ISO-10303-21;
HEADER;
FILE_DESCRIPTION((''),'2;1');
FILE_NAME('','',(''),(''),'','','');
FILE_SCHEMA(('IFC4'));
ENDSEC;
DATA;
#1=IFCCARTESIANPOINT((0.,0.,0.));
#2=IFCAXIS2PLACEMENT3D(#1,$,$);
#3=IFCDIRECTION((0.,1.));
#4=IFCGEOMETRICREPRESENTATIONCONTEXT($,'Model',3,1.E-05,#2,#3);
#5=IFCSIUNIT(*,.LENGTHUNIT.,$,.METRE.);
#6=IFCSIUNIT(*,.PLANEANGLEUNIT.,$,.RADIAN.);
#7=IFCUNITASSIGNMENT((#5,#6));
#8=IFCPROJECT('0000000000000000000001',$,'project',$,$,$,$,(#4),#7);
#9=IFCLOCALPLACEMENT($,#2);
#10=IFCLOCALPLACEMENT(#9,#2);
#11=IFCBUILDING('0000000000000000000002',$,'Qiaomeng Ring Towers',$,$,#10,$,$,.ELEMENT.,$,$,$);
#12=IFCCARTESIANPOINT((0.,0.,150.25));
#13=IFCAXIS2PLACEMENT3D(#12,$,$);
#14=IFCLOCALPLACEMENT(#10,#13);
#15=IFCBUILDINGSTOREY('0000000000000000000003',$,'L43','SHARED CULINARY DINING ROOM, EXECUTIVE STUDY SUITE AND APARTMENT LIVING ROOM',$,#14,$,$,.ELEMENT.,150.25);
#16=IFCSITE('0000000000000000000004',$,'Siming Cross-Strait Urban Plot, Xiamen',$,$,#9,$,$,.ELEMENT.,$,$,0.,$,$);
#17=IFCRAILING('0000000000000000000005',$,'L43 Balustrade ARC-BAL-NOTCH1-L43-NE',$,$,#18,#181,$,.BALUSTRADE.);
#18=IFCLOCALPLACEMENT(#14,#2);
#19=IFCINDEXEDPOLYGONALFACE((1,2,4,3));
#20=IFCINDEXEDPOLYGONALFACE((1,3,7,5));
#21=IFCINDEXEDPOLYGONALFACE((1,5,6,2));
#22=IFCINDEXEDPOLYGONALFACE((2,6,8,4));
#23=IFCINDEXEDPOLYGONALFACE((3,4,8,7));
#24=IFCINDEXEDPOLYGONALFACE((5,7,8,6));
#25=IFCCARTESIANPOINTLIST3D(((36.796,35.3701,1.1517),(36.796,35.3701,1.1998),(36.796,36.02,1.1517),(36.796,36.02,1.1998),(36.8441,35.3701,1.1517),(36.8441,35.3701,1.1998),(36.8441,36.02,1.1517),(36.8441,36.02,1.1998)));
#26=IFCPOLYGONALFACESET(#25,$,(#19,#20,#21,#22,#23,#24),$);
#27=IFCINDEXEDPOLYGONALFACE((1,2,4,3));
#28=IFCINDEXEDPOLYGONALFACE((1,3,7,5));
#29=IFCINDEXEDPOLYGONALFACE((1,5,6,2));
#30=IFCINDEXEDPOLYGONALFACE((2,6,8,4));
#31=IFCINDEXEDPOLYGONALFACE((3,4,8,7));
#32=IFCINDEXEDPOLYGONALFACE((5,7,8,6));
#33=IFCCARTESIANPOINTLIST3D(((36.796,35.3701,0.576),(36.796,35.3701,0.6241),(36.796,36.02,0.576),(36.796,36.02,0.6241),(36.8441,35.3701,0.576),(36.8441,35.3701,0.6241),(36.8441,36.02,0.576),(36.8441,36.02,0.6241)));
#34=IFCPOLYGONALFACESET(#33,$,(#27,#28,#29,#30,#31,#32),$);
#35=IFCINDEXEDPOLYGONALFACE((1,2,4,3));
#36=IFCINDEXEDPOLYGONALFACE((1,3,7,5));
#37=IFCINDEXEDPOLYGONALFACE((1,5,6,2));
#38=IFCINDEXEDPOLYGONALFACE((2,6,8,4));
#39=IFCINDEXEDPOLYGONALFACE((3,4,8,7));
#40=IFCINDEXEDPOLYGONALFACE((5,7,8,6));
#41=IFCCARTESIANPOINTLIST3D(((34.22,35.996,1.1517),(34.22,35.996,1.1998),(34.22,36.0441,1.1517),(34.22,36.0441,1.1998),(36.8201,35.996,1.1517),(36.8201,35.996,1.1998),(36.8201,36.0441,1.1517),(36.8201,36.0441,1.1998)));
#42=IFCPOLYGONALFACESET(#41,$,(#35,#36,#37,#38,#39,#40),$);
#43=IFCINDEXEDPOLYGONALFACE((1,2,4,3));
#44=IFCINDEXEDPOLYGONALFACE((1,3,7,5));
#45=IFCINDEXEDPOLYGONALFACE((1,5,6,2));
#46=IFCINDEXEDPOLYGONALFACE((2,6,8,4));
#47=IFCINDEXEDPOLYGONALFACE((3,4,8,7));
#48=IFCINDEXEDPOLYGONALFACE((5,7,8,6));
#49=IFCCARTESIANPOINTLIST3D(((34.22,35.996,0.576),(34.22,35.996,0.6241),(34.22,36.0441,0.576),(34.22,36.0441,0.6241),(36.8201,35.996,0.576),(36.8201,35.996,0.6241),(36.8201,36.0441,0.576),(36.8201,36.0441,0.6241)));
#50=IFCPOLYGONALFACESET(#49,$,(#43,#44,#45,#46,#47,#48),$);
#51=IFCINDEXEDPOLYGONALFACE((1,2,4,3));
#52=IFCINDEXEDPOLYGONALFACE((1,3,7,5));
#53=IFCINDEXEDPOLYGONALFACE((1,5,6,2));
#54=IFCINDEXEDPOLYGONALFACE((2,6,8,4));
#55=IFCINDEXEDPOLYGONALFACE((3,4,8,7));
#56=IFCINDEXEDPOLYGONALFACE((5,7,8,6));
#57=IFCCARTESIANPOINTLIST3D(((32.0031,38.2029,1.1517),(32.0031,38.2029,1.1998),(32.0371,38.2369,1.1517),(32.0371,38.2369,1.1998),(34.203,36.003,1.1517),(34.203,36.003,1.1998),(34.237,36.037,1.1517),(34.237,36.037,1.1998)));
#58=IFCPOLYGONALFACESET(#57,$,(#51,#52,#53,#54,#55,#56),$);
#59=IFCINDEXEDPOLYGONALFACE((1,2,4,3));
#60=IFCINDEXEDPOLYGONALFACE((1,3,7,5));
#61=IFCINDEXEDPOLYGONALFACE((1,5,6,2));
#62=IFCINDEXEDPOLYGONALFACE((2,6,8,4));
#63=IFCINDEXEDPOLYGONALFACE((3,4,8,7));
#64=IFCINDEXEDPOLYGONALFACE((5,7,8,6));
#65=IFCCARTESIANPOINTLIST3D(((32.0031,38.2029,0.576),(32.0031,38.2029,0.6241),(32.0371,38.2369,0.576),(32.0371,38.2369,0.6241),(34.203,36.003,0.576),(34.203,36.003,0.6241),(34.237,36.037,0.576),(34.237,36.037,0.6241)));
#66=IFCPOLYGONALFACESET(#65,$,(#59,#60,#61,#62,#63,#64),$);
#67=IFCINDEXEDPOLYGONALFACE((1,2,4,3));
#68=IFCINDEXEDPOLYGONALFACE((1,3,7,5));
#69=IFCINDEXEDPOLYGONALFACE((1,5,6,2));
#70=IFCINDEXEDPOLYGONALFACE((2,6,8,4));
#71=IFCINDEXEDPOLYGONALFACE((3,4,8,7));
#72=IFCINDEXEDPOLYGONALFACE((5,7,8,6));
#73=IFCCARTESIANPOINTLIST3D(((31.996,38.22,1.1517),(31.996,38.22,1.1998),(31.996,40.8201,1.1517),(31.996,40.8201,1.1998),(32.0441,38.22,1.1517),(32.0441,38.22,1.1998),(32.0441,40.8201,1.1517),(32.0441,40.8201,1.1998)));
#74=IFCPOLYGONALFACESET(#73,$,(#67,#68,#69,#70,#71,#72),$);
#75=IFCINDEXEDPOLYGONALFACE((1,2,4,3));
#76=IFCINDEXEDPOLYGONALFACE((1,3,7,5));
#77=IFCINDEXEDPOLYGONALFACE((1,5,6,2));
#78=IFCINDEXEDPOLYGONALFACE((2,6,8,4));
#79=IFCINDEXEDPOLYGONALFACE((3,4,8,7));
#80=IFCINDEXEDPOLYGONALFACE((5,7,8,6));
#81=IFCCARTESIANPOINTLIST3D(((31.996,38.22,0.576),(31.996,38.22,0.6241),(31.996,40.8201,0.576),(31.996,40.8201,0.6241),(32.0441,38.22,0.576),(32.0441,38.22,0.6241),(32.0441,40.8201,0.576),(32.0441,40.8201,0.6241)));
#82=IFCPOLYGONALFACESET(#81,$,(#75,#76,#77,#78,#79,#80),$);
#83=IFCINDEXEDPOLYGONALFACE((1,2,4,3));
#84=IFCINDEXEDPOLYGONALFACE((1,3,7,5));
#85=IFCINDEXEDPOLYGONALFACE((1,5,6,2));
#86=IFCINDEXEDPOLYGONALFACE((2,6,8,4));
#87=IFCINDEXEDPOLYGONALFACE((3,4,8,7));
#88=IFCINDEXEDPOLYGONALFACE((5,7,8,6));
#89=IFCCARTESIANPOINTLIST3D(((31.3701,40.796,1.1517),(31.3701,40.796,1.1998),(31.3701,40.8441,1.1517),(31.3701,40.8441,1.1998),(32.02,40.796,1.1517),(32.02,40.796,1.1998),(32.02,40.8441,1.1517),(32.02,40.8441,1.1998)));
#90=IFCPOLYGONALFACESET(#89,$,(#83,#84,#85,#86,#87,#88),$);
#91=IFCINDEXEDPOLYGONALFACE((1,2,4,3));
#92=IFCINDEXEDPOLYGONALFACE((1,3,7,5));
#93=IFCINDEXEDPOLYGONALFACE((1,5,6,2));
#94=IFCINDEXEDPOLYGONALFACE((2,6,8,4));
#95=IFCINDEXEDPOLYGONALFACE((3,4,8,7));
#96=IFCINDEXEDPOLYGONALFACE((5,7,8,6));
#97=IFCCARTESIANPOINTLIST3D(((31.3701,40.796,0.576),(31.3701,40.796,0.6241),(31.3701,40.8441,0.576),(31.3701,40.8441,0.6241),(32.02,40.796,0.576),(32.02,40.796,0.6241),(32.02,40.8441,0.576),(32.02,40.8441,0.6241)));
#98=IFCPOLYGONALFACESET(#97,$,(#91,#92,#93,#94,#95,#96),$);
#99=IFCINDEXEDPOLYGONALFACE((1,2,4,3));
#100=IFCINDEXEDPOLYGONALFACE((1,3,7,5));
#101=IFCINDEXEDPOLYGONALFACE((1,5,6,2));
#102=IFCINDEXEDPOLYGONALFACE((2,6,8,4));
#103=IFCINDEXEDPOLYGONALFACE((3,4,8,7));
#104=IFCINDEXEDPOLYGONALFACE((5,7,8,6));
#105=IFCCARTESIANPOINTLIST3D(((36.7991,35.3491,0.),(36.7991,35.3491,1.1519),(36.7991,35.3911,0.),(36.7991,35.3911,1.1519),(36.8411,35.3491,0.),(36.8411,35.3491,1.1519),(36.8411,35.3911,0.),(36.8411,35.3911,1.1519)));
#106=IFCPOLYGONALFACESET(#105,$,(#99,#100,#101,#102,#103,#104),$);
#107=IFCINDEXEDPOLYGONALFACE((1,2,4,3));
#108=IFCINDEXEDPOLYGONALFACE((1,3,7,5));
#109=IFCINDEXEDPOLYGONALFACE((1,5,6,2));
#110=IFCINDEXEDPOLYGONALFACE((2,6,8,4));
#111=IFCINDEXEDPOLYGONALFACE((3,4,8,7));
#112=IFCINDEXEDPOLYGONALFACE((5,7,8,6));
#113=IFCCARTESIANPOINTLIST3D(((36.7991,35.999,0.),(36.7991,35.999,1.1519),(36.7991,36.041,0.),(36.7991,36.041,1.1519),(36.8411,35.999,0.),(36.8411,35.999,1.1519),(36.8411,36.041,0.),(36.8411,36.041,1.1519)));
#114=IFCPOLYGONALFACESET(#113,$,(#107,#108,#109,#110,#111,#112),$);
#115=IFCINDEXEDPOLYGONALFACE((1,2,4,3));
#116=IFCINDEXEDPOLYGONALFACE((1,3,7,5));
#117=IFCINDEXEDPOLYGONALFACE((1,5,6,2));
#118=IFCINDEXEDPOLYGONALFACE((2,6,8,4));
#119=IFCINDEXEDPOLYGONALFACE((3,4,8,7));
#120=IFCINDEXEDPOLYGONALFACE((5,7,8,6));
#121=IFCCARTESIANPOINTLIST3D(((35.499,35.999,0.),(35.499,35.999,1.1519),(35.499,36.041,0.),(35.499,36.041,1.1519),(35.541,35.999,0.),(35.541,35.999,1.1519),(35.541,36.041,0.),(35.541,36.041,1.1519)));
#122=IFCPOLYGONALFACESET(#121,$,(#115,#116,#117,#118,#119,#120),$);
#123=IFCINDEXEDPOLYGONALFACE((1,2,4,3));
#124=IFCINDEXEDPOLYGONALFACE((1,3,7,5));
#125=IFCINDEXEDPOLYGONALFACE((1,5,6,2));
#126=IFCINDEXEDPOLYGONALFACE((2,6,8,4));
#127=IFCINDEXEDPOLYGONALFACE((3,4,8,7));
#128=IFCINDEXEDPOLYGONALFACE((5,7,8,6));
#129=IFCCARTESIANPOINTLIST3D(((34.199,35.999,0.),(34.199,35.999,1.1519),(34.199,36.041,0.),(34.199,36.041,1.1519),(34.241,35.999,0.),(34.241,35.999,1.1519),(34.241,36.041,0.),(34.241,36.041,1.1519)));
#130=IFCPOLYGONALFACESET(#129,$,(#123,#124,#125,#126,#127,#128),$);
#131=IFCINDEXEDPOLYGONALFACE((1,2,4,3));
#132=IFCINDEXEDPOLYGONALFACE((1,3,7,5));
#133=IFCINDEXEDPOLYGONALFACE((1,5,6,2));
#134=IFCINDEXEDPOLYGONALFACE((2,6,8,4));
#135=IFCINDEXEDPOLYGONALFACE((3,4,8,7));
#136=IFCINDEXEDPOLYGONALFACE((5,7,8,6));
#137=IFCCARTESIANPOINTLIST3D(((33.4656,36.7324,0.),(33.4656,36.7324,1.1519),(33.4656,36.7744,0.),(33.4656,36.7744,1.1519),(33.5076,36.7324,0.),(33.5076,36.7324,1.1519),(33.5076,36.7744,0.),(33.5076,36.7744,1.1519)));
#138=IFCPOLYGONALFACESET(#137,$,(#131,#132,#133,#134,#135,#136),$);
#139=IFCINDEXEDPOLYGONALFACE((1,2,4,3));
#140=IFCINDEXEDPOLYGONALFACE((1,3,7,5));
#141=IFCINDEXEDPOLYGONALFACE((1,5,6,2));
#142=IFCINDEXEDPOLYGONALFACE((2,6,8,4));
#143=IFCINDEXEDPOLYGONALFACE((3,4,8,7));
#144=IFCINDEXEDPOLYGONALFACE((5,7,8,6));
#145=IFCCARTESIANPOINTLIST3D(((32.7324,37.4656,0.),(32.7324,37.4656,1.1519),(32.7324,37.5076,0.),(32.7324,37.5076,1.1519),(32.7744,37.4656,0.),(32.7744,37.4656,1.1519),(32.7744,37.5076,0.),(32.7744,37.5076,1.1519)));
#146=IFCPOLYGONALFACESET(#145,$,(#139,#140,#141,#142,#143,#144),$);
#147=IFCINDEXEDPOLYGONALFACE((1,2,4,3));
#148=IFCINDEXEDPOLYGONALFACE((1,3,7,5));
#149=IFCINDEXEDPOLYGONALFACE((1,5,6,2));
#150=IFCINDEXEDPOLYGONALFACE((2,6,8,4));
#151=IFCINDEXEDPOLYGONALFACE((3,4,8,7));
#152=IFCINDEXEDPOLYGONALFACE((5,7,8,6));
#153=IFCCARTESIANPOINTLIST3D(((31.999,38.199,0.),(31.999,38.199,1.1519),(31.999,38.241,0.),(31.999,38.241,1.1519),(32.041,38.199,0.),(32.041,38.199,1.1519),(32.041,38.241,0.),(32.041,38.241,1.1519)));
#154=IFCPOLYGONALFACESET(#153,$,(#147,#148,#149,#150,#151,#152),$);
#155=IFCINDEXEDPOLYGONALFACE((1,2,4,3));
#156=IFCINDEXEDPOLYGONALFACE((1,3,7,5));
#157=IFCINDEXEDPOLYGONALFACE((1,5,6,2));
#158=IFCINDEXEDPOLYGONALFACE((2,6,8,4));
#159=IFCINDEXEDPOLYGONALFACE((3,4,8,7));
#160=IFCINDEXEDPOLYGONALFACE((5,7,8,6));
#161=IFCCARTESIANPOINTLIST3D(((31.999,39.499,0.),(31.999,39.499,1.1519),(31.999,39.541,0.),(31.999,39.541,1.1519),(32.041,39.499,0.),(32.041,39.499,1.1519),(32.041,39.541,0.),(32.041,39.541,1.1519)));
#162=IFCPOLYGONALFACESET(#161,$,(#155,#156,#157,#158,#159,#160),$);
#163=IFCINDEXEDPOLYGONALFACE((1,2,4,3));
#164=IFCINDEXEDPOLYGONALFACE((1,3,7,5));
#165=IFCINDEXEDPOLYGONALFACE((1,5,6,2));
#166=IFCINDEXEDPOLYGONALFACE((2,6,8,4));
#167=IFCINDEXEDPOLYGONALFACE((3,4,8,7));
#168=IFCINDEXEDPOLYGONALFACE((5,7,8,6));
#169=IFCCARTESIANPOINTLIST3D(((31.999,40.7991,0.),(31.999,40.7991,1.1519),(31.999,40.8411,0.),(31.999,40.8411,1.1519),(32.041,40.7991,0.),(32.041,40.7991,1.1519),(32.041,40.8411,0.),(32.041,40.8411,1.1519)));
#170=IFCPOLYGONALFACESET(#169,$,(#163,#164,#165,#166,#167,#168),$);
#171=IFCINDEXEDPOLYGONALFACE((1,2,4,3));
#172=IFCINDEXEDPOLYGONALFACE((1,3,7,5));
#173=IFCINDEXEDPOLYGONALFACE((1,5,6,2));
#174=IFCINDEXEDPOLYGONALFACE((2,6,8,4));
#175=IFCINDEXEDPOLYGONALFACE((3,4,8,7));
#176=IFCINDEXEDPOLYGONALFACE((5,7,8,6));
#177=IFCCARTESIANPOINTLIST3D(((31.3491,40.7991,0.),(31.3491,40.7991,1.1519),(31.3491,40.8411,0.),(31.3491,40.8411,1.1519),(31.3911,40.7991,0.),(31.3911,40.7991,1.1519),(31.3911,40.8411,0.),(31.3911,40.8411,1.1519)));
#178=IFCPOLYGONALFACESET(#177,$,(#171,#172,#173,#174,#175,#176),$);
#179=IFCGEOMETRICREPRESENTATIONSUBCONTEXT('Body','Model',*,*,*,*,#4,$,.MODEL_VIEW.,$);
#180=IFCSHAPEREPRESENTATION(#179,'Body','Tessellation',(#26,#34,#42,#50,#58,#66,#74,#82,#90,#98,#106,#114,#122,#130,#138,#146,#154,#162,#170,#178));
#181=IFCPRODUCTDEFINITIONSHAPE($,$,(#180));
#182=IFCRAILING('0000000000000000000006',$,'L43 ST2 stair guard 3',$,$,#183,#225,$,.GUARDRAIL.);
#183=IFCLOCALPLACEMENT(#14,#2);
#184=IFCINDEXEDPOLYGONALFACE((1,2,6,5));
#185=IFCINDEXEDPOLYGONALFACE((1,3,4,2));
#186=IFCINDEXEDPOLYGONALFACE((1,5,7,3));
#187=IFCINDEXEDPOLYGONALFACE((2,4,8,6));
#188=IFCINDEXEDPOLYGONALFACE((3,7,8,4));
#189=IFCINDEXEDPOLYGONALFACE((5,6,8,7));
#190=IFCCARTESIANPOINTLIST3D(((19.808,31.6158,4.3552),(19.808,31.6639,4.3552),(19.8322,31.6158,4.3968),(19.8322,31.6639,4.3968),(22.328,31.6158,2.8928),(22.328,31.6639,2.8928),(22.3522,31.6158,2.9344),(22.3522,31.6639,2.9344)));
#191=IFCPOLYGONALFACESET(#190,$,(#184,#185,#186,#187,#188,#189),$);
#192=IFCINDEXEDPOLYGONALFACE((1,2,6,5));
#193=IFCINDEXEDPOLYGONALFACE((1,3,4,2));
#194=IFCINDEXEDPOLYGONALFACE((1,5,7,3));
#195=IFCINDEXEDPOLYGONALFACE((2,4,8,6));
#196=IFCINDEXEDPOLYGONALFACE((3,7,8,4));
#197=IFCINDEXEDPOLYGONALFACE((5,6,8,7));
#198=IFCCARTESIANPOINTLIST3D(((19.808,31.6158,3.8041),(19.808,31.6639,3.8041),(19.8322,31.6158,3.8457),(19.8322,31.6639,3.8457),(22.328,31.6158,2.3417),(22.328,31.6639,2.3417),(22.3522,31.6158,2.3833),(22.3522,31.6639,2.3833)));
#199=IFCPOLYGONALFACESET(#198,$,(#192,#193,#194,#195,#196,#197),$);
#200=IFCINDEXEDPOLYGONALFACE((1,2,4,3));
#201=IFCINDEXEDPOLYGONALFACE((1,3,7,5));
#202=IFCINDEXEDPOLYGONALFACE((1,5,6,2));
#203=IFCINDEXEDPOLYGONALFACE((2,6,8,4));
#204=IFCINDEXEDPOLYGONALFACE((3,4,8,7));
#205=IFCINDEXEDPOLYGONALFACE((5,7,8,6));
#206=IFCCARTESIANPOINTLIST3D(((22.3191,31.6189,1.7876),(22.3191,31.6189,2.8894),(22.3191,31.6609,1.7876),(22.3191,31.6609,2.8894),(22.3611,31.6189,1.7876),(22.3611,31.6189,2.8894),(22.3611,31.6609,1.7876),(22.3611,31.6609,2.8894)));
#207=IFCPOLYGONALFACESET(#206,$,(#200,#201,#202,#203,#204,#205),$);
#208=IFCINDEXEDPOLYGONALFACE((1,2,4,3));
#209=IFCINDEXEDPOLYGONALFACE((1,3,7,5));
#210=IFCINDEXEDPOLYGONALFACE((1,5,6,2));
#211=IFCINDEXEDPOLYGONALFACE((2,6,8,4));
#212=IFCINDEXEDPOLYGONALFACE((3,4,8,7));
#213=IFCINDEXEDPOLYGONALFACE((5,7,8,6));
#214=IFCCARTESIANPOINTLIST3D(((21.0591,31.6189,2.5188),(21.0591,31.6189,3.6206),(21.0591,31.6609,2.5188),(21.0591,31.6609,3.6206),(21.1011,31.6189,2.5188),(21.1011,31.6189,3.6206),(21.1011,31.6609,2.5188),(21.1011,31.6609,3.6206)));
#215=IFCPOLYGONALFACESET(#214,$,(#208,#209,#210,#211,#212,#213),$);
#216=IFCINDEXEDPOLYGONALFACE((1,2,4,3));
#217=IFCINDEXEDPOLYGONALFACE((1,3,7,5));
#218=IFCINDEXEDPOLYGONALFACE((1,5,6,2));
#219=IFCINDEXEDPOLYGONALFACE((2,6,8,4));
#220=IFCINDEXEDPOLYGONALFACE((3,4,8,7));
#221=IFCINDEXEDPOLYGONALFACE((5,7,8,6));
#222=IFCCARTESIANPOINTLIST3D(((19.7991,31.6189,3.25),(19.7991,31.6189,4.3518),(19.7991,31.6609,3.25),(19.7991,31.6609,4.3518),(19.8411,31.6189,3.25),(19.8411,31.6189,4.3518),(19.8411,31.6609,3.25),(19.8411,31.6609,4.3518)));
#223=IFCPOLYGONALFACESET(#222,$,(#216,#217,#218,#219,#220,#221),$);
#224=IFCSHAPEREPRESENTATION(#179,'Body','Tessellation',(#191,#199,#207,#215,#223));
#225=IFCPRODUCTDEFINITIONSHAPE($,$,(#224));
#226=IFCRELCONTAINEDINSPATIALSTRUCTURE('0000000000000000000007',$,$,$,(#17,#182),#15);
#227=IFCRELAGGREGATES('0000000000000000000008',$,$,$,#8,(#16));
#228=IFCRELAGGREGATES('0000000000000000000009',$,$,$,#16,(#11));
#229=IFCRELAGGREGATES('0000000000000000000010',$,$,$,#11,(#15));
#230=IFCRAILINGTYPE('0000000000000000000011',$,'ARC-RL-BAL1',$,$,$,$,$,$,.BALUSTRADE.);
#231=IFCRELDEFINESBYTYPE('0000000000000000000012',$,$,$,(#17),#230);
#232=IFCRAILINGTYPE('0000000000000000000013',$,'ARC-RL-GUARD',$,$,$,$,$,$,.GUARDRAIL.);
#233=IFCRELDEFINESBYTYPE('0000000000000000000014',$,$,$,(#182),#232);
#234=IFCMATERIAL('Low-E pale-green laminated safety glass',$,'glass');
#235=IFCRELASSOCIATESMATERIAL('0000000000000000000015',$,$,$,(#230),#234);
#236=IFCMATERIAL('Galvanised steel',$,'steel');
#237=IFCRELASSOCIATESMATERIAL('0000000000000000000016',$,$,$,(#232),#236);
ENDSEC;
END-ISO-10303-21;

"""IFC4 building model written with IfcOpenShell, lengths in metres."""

from ifc_helpers import new_model, si_unit, direction, frame, origin, origin_2d, place, context, subcontext, project, spatial, rectangle, extrude, material, type_object, element, save


model = new_model("IFC4")

# Units and contexts
model_context = context("Model", 3, precision=1e-05, world=origin(), true_north=direction((0.0, 1.0)))
body_context = subcontext(model_context, "Body", "Model", "MODEL_VIEW")
ifc_project = project(units=[si_unit("LENGTHUNIT", "METRE"), si_unit("PLANEANGLEUNIT", "RADIAN")], contexts=[model_context])

# Site, building, storey
site_placement = place(None, origin())
site = spatial("IfcSite", under=ifc_project, at=site_placement, Name="Siming Cross-Strait Urban Plot, Xiamen", CompositionType="ELEMENT", RefElevation=0.0)
building_placement = place(site_placement, origin())
building = spatial("IfcBuilding", under=site, at=building_placement, Name="Qiaomeng Ring Towers", CompositionType="ELEMENT")
storey_placement = place(building_placement, frame((0.0, 0.0, 150.25)))
storey = spatial("IfcBuildingStorey", under=building, at=storey_placement, Name="L43", Description="SHARED CULINARY DINING ROOM, EXECUTIVE STUDY SUITE AND APARTMENT LIVING ROOM", CompositionType="ELEMENT", Elevation=150.25)

# Shared definitions
ifc_material_1 = material(Name="Galvanised steel", Category="steel")

# Railings
ifc_material_2 = material(Name="Low-E pale-green laminated safety glass", Category="glass")
railing_type_1 = type_object("IfcRailingType", Name="ARC-RL-BAL1", PredefinedType="BALUSTRADE", material=ifc_material_2)
railing_1_placement = place(storey_placement, frame((36.8201, 35.3701, 0.0)))
element("IfcRailing", 1, at=railing_1_placement, inside=storey, type_object=railing_type_1, Name="L43 Balustrade ARC-BAL-NOTCH1-L43-NE", PredefinedType="BALUSTRADE", context=body_context, shape_type="SweptSolid", body=[
    extrude(rectangle(XDim=0.0481, YDim=0.0481, at=origin_2d()), frame((0.0, 0.0, 1.1758), z_axis=(0.0, 1.0, 0.0), x_axis=(-1.0, 0.0, 0.0)), (0.0, 0.0, 1.0), 0.6499),
    extrude(rectangle(XDim=0.0481, YDim=0.0481, at=origin_2d()), frame((0.0, 0.0, 0.6001), z_axis=(0.0, 1.0, 0.0), x_axis=(-1.0, 0.0, 0.0)), (0.0, 0.0, 1.0), 0.6499),
    extrude(rectangle(XDim=0.0481, YDim=0.0481, at=origin_2d()), frame((0.0, 0.6499, 1.1758), z_axis=(-1.0, 0.0, 0.0), x_axis=(0.0, -1.0, 0.0)), (0.0, 0.0, 1.0), 2.6001),
    extrude(rectangle(XDim=0.0481, YDim=0.0481, at=origin_2d()), frame((0.0, 0.6499, 0.6001), z_axis=(-1.0, 0.0, 0.0), x_axis=(0.0, -1.0, 0.0)), (0.0, 0.0, 1.0), 2.6001),
    extrude(rectangle(XDim=0.0481, YDim=0.0481, at=origin_2d()), frame((-2.6001, 0.6499, 1.1758), z_axis=(-0.707107, 0.707107, 0.0), x_axis=(-0.707107, -0.707107, 0.0)), (0.0, 0.0, 1.0), 3.1111),
    extrude(rectangle(XDim=0.0481, YDim=0.0481, at=origin_2d()), frame((-2.6001, 0.6499, 0.6001), z_axis=(-0.707107, 0.707107, 0.0), x_axis=(-0.707107, -0.707107, 0.0)), (0.0, 0.0, 1.0), 3.1111),
    extrude(rectangle(XDim=0.0481, YDim=0.0481, at=origin_2d()), frame((-4.8, 2.8499, 1.1758), z_axis=(0.0, 1.0, 0.0), x_axis=(-1.0, 0.0, 0.0)), (0.0, 0.0, 1.0), 2.6001),
    extrude(rectangle(XDim=0.0481, YDim=0.0481, at=origin_2d()), frame((-4.8, 2.8499, 0.6001), z_axis=(0.0, 1.0, 0.0), x_axis=(-1.0, 0.0, 0.0)), (0.0, 0.0, 1.0), 2.6001),
    extrude(rectangle(XDim=0.0481, YDim=0.0481, at=origin_2d()), frame((-4.8, 5.45, 1.1758), z_axis=(-1.0, 0.0, 0.0), x_axis=(0.0, -1.0, 0.0)), (0.0, 0.0, 1.0), 0.6499),
    extrude(rectangle(XDim=0.0481, YDim=0.0481, at=origin_2d()), frame((-4.8, 5.45, 0.6001), z_axis=(-1.0, 0.0, 0.0), x_axis=(0.0, -1.0, 0.0)), (0.0, 0.0, 1.0), 0.6499),
    extrude(rectangle(XDim=0.042, YDim=0.042, at=origin_2d()), origin(), (0.0, 0.0, 1.0), 1.1519),
    extrude(rectangle(XDim=0.042, YDim=0.042, at=origin_2d()), frame((0.0, 0.6499, 0.0)), (0.0, 0.0, 1.0), 1.1519),
    extrude(rectangle(XDim=0.042, YDim=0.042, at=origin_2d()), frame((-1.3, 0.6499, 0.0)), (0.0, 0.0, 1.0), 1.1519),
    extrude(rectangle(XDim=0.042, YDim=0.042, at=origin_2d()), frame((-2.6001, 0.6499, 0.0)), (0.0, 0.0, 1.0), 1.1519),
    extrude(rectangle(XDim=0.042, YDim=0.042, at=origin_2d()), frame((-3.3335, 1.3833, 0.0)), (0.0, 0.0, 1.0), 1.1519),
    extrude(rectangle(XDim=0.042, YDim=0.042, at=origin_2d()), frame((-4.0667, 2.1165, 0.0)), (0.0, 0.0, 1.0), 1.1519),
    extrude(rectangle(XDim=0.042, YDim=0.042, at=origin_2d()), frame((-4.8, 2.8499, 0.0)), (0.0, 0.0, 1.0), 1.1519),
    extrude(rectangle(XDim=0.042, YDim=0.042, at=origin_2d()), frame((-4.8, 4.1499, 0.0)), (0.0, 0.0, 1.0), 1.1519),
    extrude(rectangle(XDim=0.042, YDim=0.042, at=origin_2d()), frame((-4.8, 5.45, 0.0)), (0.0, 0.0, 1.0), 1.1519),
    extrude(rectangle(XDim=0.042, YDim=0.042, at=origin_2d()), frame((-5.45, 5.45, 0.0)), (0.0, 0.0, 1.0), 1.1519),
])
railing_type_2 = type_object("IfcRailingType", Name="ARC-RL-GUARD", PredefinedType="GUARDRAIL", material=ifc_material_1)
railing_2_placement = place(storey_placement, frame((22.3401, 31.6399, 1.7876)))
element("IfcRailing", 2, at=railing_2_placement, inside=storey, type_object=railing_type_2, Name="L43 ST2 stair guard 3", PredefinedType="GUARDRAIL", context=body_context, shape_type="SweptSolid", body=[
    extrude(rectangle(XDim=0.0481, YDim=0.0481, at=origin_2d()), frame((0.0, 0.0, 1.126), z_axis=(-0.864913, 0.0, 0.501921), x_axis=(0.0, -1.0, 0.0)), (0.0, 0.0, 1.0), 2.9136),
    extrude(rectangle(XDim=0.0481, YDim=0.0481, at=origin_2d()), frame((0.0, 0.0, 0.575), z_axis=(-0.864913, 0.0, 0.501921), x_axis=(0.0, -1.0, 0.0)), (0.0, 0.0, 1.0), 2.9136),
    extrude(rectangle(XDim=0.042, YDim=0.042, at=origin_2d()), origin(), (0.0, 0.0, 1.0), 1.1018),
    extrude(rectangle(XDim=0.042, YDim=0.042, at=origin_2d()), frame((-1.26, 0.0, 0.7312)), (0.0, 0.0, 1.0), 1.1018),
    extrude(rectangle(XDim=0.042, YDim=0.042, at=origin_2d()), frame((-2.52, 0.0, 1.4624)), (0.0, 0.0, 1.0), 1.1018),
])

save(model, "model.ifc")
